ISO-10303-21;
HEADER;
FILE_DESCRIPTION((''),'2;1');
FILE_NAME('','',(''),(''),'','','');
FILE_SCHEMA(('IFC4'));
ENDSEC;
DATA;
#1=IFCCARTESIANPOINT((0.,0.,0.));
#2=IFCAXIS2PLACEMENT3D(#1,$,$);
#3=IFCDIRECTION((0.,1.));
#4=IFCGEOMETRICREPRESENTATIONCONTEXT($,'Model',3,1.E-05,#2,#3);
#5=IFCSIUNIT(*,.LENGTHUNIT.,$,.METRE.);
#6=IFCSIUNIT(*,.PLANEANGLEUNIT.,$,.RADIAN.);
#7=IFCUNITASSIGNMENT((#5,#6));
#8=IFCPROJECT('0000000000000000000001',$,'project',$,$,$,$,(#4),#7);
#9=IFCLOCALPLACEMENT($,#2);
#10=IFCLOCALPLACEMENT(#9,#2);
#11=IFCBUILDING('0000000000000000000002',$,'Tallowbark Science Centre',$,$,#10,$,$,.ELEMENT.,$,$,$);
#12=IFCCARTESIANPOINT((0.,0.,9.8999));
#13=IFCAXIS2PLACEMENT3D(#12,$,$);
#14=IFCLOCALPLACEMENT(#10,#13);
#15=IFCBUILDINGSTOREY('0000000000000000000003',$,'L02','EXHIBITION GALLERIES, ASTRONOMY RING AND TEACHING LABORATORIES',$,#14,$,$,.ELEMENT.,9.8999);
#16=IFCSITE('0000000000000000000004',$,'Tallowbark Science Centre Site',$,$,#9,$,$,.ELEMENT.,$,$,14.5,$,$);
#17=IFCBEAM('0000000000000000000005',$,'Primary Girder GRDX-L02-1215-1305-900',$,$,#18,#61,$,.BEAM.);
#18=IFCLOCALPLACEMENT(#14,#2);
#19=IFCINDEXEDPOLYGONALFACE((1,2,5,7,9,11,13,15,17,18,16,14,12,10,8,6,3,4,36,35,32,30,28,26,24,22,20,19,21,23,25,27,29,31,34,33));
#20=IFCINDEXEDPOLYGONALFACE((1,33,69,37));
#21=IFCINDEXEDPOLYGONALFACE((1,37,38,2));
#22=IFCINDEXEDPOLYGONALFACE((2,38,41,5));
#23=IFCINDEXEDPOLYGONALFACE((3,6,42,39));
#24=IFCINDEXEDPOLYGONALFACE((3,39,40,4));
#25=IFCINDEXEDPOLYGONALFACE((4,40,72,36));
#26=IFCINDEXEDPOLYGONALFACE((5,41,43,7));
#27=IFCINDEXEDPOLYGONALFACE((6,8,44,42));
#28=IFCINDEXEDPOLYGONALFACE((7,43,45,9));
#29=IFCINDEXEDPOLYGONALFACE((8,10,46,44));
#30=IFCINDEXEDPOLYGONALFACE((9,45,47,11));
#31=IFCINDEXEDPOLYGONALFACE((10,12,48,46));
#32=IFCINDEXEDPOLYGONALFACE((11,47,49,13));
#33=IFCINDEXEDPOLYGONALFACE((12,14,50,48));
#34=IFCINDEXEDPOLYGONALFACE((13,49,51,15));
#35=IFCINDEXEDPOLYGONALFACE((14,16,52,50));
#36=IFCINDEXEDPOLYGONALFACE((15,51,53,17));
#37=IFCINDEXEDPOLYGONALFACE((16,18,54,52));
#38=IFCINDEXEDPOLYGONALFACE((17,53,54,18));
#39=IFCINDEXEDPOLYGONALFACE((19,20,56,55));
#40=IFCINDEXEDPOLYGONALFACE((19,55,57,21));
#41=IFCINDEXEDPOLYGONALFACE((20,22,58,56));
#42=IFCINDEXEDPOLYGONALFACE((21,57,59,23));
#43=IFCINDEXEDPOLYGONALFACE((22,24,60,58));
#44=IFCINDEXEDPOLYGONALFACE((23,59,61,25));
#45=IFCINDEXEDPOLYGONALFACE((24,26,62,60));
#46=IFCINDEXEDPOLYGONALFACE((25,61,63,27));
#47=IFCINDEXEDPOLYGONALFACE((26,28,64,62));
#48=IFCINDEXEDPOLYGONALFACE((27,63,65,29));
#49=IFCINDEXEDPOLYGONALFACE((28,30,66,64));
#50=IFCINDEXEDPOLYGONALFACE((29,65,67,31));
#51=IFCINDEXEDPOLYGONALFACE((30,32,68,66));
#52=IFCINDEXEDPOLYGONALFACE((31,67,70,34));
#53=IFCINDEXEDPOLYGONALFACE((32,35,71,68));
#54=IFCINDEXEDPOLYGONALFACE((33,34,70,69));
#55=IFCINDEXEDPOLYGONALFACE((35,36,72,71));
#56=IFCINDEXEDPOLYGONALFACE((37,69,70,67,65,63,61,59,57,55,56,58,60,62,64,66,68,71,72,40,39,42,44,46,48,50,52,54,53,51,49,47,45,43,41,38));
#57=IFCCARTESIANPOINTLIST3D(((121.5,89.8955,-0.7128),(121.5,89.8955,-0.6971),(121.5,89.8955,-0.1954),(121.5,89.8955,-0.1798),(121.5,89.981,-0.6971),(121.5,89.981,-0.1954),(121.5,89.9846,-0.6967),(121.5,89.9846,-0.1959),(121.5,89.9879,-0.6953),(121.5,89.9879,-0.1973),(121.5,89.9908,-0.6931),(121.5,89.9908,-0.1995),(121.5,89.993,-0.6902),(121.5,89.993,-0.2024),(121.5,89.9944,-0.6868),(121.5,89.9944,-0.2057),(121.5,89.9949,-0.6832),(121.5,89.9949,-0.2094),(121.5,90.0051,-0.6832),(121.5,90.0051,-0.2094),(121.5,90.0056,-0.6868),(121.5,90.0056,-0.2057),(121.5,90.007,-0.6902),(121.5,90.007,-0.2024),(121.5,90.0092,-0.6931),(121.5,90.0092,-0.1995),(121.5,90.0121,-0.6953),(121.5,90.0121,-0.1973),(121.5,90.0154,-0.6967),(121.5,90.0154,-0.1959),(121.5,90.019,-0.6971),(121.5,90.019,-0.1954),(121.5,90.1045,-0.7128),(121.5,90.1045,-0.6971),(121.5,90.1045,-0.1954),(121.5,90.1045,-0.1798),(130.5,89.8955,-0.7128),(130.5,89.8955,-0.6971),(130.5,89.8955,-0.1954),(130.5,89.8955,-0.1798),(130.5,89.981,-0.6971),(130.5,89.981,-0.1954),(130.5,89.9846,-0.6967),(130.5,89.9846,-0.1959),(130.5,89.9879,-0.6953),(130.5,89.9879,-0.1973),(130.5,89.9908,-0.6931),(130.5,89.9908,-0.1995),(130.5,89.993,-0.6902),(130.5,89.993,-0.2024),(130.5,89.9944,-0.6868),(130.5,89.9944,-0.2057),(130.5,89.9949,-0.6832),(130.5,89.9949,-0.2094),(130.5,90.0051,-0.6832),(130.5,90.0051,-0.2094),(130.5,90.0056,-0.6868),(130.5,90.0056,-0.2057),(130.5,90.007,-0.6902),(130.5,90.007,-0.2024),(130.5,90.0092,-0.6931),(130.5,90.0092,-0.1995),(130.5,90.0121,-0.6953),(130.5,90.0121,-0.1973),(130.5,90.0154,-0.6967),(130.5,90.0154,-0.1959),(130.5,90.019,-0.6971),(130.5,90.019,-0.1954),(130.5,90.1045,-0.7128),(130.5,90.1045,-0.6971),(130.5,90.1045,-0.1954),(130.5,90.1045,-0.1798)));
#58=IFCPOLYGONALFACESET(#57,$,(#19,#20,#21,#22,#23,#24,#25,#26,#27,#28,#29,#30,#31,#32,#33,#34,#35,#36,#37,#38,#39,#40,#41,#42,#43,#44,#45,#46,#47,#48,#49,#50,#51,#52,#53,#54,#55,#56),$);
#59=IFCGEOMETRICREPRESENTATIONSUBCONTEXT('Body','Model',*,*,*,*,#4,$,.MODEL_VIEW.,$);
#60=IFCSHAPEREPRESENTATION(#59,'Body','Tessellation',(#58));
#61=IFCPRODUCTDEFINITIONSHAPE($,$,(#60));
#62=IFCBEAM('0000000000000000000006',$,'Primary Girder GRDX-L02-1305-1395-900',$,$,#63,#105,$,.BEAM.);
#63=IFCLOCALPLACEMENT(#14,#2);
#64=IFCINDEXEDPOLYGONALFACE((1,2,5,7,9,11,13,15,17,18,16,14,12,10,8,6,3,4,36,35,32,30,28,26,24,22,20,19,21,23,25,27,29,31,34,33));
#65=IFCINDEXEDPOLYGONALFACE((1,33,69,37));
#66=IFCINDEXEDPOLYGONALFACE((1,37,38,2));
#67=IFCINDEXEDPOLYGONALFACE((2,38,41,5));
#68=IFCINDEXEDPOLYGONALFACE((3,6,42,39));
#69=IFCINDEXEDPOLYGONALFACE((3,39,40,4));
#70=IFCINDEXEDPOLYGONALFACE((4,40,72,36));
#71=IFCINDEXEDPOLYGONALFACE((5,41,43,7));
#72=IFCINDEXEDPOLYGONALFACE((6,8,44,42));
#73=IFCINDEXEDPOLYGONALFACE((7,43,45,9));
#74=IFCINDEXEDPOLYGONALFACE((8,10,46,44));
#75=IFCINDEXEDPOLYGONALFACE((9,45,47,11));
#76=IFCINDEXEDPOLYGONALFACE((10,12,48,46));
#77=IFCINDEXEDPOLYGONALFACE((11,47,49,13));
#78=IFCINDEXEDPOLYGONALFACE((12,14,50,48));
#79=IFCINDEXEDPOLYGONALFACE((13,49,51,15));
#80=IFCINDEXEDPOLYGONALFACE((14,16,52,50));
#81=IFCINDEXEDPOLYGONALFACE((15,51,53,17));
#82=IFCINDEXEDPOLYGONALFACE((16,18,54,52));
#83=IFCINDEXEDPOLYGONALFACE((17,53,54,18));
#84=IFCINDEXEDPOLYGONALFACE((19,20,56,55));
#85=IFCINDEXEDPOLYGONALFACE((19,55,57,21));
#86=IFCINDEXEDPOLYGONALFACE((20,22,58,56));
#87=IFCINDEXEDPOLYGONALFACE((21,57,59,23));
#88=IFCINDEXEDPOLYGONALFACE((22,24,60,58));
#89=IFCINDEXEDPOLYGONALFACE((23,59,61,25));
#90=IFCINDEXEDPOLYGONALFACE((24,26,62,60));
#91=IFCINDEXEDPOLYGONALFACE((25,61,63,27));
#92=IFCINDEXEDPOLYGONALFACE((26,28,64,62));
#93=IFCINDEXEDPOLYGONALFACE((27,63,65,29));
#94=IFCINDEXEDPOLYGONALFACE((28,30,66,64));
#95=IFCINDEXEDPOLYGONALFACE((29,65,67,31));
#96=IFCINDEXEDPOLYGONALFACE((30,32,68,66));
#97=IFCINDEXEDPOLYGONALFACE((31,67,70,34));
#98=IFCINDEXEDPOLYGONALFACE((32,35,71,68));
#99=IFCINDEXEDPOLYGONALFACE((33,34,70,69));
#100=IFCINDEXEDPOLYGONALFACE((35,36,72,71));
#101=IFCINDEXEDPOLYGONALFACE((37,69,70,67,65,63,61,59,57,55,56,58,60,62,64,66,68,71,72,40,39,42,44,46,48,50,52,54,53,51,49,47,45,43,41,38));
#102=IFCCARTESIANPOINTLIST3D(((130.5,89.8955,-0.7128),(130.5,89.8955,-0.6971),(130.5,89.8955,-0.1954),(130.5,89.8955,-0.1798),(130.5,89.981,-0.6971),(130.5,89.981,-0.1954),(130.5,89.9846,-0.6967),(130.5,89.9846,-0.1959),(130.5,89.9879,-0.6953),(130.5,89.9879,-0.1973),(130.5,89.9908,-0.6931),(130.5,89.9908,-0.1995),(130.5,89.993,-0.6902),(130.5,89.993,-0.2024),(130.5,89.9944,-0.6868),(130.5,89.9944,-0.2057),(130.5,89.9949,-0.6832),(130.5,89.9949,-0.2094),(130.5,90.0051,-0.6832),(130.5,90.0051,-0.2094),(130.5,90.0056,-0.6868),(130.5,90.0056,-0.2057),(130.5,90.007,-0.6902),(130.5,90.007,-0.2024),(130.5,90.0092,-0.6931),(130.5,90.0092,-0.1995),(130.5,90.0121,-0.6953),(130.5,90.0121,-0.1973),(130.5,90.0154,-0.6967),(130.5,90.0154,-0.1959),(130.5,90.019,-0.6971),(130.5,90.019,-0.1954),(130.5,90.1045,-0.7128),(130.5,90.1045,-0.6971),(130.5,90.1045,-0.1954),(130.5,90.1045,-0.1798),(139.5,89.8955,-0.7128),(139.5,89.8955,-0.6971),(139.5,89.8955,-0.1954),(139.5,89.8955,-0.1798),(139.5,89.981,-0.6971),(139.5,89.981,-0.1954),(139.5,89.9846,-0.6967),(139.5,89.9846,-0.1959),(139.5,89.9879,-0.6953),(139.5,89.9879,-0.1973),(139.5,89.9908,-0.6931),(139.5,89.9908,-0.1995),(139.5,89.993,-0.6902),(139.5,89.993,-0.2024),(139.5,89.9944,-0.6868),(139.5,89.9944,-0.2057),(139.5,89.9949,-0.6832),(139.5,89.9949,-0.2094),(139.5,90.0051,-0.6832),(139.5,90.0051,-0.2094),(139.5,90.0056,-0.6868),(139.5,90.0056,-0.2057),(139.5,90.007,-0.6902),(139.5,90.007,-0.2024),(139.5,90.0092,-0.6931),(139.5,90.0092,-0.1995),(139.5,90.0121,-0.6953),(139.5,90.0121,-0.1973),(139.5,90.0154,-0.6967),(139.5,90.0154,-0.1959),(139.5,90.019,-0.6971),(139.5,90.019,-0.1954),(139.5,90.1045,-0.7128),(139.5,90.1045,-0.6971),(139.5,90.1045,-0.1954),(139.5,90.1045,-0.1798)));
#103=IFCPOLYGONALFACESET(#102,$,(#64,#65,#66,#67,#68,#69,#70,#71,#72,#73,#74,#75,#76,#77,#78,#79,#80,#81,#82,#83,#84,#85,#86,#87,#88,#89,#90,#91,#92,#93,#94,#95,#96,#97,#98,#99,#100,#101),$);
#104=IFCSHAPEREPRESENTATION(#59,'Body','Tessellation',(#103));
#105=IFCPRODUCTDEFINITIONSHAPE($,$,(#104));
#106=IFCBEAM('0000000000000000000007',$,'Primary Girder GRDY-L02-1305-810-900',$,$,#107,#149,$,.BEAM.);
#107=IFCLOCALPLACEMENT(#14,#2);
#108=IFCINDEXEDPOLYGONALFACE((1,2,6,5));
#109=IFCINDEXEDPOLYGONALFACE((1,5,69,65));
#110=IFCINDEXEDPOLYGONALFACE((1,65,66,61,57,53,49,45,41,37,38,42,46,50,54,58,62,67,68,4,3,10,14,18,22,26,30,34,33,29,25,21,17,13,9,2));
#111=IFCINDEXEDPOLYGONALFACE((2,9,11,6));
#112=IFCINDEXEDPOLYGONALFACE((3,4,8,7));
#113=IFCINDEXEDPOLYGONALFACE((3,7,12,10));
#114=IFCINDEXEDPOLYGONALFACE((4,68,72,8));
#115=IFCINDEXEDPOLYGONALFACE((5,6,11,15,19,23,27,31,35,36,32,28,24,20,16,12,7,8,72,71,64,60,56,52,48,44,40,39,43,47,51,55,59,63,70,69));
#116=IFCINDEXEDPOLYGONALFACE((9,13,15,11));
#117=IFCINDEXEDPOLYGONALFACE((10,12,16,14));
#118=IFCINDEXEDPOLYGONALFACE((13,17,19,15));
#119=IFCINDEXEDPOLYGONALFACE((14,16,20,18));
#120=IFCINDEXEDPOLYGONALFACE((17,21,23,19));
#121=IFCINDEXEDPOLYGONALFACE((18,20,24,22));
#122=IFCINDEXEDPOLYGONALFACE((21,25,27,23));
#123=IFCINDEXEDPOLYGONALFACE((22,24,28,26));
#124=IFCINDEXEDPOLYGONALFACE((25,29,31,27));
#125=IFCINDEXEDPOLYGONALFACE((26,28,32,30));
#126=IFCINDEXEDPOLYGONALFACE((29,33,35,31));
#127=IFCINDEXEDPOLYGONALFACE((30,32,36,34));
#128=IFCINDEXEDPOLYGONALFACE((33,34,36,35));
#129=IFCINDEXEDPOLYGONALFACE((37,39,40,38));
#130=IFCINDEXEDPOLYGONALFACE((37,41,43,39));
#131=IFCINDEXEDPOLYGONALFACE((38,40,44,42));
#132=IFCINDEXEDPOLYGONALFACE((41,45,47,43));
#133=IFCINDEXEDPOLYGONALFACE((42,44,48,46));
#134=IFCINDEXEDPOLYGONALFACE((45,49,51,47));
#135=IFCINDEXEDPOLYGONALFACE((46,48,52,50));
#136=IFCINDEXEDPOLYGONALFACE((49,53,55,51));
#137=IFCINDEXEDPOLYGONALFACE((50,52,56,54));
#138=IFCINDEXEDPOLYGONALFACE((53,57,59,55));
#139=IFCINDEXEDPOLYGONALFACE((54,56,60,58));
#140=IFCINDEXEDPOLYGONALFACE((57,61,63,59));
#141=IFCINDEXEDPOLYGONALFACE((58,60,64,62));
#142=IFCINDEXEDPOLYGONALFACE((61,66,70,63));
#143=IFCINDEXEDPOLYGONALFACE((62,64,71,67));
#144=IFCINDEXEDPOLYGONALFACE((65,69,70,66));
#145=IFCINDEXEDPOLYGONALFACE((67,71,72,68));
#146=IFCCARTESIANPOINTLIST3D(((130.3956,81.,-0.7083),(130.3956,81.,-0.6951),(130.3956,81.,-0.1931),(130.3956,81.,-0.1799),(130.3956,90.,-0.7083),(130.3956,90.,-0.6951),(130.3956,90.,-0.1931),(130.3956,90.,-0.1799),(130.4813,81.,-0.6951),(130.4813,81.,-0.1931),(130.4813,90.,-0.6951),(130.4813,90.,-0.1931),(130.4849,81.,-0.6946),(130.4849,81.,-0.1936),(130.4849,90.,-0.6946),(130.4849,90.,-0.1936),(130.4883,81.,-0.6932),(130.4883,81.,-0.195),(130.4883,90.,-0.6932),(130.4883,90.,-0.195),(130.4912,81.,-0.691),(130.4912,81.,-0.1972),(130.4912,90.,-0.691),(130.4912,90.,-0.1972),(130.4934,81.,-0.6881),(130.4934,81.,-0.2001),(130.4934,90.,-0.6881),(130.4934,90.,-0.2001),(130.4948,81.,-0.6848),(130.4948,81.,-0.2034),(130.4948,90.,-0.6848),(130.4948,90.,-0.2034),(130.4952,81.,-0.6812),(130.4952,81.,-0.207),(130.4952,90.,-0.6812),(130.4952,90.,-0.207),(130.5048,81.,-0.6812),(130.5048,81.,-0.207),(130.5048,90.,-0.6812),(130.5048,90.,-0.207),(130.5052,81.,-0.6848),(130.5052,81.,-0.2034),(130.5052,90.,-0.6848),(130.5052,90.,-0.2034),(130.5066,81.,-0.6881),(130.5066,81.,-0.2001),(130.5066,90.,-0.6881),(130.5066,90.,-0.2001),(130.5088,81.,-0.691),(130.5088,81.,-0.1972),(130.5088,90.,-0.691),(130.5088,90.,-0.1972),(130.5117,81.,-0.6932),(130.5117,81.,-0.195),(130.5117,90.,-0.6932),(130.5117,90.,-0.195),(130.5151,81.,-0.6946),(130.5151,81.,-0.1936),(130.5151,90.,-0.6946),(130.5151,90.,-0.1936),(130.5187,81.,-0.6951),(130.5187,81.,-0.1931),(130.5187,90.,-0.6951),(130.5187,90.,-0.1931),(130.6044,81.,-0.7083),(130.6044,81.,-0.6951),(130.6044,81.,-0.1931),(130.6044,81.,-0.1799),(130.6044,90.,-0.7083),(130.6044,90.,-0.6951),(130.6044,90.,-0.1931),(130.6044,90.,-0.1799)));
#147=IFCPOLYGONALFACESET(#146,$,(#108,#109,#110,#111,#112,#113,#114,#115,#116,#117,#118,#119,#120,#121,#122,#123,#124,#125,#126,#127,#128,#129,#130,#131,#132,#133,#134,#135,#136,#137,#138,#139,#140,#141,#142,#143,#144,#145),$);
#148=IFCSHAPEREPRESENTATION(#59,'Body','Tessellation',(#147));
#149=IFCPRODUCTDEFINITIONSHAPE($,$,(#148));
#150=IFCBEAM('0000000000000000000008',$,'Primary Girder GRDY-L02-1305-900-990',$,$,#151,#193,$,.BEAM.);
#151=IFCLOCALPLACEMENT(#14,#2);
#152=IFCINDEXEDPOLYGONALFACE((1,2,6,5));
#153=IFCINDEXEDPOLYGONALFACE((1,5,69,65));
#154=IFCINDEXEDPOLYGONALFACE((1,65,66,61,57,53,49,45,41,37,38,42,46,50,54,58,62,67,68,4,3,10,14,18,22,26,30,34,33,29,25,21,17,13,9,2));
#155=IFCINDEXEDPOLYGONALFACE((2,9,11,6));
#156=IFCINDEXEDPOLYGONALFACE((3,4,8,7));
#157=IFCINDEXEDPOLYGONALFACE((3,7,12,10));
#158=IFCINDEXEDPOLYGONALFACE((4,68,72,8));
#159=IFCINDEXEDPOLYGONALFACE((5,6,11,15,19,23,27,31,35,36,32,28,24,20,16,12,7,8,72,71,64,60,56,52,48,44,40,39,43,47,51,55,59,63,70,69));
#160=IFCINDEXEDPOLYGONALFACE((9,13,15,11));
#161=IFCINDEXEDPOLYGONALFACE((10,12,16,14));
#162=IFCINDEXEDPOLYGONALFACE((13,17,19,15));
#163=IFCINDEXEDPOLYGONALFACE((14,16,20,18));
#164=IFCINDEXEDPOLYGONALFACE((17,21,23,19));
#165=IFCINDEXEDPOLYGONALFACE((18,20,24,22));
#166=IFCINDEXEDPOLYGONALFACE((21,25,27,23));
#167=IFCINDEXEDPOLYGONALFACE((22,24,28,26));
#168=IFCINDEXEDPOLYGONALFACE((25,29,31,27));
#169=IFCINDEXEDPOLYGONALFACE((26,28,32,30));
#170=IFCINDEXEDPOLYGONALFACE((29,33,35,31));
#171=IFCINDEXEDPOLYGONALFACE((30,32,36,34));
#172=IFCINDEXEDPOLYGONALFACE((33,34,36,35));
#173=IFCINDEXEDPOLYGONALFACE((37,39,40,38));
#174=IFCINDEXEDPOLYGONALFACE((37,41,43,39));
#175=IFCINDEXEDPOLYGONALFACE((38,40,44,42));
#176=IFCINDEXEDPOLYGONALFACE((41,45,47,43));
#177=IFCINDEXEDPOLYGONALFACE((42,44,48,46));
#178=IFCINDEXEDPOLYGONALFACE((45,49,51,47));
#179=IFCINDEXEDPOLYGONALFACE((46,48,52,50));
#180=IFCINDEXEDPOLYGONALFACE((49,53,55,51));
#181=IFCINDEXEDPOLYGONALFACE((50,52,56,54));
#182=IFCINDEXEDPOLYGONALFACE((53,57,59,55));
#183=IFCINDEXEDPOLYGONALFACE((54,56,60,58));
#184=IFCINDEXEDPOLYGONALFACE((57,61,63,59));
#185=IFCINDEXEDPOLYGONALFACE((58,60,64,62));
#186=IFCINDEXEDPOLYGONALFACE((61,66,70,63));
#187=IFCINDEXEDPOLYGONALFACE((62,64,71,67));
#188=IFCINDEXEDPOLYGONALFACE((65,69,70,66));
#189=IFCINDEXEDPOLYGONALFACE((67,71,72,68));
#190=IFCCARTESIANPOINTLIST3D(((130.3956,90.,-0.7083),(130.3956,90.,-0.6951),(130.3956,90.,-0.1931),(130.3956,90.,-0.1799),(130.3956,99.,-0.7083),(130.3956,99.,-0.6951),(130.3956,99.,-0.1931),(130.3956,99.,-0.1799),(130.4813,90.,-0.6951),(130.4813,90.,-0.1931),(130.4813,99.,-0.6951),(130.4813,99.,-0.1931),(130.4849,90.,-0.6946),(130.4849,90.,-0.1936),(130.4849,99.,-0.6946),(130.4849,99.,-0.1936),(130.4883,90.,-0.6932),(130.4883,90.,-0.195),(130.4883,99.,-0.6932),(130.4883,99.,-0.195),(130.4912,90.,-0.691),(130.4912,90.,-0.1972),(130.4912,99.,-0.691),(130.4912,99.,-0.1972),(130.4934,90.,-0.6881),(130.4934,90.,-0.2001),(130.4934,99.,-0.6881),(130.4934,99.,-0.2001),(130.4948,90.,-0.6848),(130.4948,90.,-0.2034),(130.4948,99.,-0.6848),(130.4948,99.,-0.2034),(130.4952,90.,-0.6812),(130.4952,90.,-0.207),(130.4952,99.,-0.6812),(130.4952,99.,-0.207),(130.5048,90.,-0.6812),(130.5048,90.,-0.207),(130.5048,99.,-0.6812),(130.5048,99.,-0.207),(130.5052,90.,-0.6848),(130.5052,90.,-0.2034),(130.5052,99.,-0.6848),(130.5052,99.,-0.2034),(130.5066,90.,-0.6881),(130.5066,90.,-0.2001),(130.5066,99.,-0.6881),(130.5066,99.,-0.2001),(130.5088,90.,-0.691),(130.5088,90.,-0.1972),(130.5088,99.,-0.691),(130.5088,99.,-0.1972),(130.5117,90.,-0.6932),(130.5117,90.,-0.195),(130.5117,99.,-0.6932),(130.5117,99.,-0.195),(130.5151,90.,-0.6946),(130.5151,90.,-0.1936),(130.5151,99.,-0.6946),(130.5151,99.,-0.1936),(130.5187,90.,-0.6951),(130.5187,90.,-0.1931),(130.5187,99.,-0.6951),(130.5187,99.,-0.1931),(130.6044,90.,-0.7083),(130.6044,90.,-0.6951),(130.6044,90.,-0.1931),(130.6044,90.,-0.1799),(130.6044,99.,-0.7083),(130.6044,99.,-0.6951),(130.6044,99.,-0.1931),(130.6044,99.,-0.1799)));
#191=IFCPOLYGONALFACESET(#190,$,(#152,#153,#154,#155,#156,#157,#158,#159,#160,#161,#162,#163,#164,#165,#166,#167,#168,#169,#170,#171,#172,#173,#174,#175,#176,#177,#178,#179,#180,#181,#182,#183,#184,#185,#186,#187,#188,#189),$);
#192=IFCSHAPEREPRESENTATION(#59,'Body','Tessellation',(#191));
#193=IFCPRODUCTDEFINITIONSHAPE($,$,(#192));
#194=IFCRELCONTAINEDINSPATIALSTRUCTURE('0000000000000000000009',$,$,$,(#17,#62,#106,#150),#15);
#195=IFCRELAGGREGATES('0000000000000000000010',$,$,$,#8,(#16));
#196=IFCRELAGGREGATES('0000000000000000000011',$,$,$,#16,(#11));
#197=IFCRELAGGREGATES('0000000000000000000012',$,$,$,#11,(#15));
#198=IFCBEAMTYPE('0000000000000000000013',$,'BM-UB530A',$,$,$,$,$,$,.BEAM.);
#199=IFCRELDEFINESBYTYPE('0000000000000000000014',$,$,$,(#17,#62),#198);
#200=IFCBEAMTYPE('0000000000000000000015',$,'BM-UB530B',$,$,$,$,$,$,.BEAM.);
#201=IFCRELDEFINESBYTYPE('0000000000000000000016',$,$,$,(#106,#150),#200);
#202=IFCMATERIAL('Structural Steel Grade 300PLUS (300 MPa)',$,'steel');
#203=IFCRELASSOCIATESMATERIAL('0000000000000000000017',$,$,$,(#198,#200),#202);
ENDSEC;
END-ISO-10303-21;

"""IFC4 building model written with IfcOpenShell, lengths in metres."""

from ifc_helpers import new_model, si_unit, direction, frame, origin, origin_2d, place, context, subcontext, project, spatial, i_section, extrude, material, material_profile, profile_set, type_object, element, save


model = new_model("IFC4")

# Units and contexts
model_context = context("Model", 3, precision=1e-05, world=origin(), true_north=direction((0.0, 1.0)))
body_context = subcontext(model_context, "Body", "Model", "MODEL_VIEW")
ifc_project = project(units=[si_unit("LENGTHUNIT", "METRE"), si_unit("PLANEANGLEUNIT", "RADIAN")], contexts=[model_context])

# Site, building, storey
site_placement = place(None, origin())
site = spatial("IfcSite", under=ifc_project, at=site_placement, Name="Tallowbark Science Centre Site", CompositionType="ELEMENT", RefElevation=14.5)
building_placement = place(site_placement, origin())
building = spatial("IfcBuilding", under=site, at=building_placement, Name="Tallowbark Science Centre", CompositionType="ELEMENT")
storey_placement = place(building_placement, frame((0.0, 0.0, 9.8999)))
storey = spatial("IfcBuildingStorey", under=building, at=storey_placement, Name="L02", Description="EXHIBITION GALLERIES, ASTRONOMY RING AND TEACHING LABORATORIES", CompositionType="ELEMENT", Elevation=9.8999)

# Shared definitions
ifc_material_1 = material(Name="Structural Steel Grade 300PLUS (300 MPa)", Category="steel")

# Beams
ifc_material_profile_1 = material_profile(ifc_material_1, i_section(OverallWidth=0.209, OverallDepth=0.533, WebThickness=0.0103, FlangeThickness=0.0156, FilletRadius=0.0139, at=origin_2d()), Name="530UB92.4")
ifc_profile_set_1 = profile_set([ifc_material_profile_1], Name="Structural Steel Grade 300PLUS (300 MPa)")
beam_type_1 = type_object("IfcBeamType", Name="BM-UB530A", PredefinedType="BEAM", material=ifc_profile_set_1)
for number, where, z_axis, x_axis, name in (
    (1, (121.5, 90.0, -0.4463), (1.0, 0.0, 0.0), (0.0, 1.0, 0.0), "Primary Girder GRDX-L02-1215-1305-900"),
    (2, (130.5, 90.0, -0.4463), (1.0, 0.0, 0.0), (0.0, 1.0, 0.0), "Primary Girder GRDX-L02-1305-1395-900"),
):
    element("IfcBeam", number, at=place(storey_placement, frame(where, z_axis=z_axis, x_axis=x_axis)), inside=storey, type_object=beam_type_1, Name=name, PredefinedType="BEAM", context=body_context, shape_type="SweptSolid", body=[
        extrude(i_section(OverallWidth=0.209, OverallDepth=0.533, WebThickness=0.0103, FlangeThickness=0.0156, FilletRadius=0.0139, at=origin_2d()), origin(), (0.0, 0.0, 1.0), 9.0),
    ])
ifc_material_profile_2 = material_profile(ifc_material_1, i_section(OverallWidth=0.2087, OverallDepth=0.5283, WebThickness=0.0095, FlangeThickness=0.0132, FilletRadius=0.0139, at=origin_2d()), Name="530UB82.0")
ifc_profile_set_2 = profile_set([ifc_material_profile_2], Name="Structural Steel Grade 300PLUS (300 MPa)")
beam_type_2 = type_object("IfcBeamType", Name="BM-UB530B", PredefinedType="BEAM", material=ifc_profile_set_2)
for number, where, z_axis, x_axis, name in (
    (3, (130.5, 81.0, -0.4441), (0.0, 1.0, 0.0), (-1.0, 0.0, 0.0), "Primary Girder GRDY-L02-1305-810-900"),
    (4, (130.5, 90.0, -0.4441), (0.0, 1.0, 0.0), (-1.0, 0.0, 0.0), "Primary Girder GRDY-L02-1305-900-990"),
):
    element("IfcBeam", number, at=place(storey_placement, frame(where, z_axis=z_axis, x_axis=x_axis)), inside=storey, type_object=beam_type_2, Name=name, PredefinedType="BEAM", context=body_context, shape_type="SweptSolid", body=[
        extrude(i_section(OverallWidth=0.2087, OverallDepth=0.5283, WebThickness=0.0095, FlangeThickness=0.0132, FilletRadius=0.0139, at=origin_2d()), origin(), (0.0, 0.0, 1.0), 9.0),
    ])

save(model, "model.ifc")
